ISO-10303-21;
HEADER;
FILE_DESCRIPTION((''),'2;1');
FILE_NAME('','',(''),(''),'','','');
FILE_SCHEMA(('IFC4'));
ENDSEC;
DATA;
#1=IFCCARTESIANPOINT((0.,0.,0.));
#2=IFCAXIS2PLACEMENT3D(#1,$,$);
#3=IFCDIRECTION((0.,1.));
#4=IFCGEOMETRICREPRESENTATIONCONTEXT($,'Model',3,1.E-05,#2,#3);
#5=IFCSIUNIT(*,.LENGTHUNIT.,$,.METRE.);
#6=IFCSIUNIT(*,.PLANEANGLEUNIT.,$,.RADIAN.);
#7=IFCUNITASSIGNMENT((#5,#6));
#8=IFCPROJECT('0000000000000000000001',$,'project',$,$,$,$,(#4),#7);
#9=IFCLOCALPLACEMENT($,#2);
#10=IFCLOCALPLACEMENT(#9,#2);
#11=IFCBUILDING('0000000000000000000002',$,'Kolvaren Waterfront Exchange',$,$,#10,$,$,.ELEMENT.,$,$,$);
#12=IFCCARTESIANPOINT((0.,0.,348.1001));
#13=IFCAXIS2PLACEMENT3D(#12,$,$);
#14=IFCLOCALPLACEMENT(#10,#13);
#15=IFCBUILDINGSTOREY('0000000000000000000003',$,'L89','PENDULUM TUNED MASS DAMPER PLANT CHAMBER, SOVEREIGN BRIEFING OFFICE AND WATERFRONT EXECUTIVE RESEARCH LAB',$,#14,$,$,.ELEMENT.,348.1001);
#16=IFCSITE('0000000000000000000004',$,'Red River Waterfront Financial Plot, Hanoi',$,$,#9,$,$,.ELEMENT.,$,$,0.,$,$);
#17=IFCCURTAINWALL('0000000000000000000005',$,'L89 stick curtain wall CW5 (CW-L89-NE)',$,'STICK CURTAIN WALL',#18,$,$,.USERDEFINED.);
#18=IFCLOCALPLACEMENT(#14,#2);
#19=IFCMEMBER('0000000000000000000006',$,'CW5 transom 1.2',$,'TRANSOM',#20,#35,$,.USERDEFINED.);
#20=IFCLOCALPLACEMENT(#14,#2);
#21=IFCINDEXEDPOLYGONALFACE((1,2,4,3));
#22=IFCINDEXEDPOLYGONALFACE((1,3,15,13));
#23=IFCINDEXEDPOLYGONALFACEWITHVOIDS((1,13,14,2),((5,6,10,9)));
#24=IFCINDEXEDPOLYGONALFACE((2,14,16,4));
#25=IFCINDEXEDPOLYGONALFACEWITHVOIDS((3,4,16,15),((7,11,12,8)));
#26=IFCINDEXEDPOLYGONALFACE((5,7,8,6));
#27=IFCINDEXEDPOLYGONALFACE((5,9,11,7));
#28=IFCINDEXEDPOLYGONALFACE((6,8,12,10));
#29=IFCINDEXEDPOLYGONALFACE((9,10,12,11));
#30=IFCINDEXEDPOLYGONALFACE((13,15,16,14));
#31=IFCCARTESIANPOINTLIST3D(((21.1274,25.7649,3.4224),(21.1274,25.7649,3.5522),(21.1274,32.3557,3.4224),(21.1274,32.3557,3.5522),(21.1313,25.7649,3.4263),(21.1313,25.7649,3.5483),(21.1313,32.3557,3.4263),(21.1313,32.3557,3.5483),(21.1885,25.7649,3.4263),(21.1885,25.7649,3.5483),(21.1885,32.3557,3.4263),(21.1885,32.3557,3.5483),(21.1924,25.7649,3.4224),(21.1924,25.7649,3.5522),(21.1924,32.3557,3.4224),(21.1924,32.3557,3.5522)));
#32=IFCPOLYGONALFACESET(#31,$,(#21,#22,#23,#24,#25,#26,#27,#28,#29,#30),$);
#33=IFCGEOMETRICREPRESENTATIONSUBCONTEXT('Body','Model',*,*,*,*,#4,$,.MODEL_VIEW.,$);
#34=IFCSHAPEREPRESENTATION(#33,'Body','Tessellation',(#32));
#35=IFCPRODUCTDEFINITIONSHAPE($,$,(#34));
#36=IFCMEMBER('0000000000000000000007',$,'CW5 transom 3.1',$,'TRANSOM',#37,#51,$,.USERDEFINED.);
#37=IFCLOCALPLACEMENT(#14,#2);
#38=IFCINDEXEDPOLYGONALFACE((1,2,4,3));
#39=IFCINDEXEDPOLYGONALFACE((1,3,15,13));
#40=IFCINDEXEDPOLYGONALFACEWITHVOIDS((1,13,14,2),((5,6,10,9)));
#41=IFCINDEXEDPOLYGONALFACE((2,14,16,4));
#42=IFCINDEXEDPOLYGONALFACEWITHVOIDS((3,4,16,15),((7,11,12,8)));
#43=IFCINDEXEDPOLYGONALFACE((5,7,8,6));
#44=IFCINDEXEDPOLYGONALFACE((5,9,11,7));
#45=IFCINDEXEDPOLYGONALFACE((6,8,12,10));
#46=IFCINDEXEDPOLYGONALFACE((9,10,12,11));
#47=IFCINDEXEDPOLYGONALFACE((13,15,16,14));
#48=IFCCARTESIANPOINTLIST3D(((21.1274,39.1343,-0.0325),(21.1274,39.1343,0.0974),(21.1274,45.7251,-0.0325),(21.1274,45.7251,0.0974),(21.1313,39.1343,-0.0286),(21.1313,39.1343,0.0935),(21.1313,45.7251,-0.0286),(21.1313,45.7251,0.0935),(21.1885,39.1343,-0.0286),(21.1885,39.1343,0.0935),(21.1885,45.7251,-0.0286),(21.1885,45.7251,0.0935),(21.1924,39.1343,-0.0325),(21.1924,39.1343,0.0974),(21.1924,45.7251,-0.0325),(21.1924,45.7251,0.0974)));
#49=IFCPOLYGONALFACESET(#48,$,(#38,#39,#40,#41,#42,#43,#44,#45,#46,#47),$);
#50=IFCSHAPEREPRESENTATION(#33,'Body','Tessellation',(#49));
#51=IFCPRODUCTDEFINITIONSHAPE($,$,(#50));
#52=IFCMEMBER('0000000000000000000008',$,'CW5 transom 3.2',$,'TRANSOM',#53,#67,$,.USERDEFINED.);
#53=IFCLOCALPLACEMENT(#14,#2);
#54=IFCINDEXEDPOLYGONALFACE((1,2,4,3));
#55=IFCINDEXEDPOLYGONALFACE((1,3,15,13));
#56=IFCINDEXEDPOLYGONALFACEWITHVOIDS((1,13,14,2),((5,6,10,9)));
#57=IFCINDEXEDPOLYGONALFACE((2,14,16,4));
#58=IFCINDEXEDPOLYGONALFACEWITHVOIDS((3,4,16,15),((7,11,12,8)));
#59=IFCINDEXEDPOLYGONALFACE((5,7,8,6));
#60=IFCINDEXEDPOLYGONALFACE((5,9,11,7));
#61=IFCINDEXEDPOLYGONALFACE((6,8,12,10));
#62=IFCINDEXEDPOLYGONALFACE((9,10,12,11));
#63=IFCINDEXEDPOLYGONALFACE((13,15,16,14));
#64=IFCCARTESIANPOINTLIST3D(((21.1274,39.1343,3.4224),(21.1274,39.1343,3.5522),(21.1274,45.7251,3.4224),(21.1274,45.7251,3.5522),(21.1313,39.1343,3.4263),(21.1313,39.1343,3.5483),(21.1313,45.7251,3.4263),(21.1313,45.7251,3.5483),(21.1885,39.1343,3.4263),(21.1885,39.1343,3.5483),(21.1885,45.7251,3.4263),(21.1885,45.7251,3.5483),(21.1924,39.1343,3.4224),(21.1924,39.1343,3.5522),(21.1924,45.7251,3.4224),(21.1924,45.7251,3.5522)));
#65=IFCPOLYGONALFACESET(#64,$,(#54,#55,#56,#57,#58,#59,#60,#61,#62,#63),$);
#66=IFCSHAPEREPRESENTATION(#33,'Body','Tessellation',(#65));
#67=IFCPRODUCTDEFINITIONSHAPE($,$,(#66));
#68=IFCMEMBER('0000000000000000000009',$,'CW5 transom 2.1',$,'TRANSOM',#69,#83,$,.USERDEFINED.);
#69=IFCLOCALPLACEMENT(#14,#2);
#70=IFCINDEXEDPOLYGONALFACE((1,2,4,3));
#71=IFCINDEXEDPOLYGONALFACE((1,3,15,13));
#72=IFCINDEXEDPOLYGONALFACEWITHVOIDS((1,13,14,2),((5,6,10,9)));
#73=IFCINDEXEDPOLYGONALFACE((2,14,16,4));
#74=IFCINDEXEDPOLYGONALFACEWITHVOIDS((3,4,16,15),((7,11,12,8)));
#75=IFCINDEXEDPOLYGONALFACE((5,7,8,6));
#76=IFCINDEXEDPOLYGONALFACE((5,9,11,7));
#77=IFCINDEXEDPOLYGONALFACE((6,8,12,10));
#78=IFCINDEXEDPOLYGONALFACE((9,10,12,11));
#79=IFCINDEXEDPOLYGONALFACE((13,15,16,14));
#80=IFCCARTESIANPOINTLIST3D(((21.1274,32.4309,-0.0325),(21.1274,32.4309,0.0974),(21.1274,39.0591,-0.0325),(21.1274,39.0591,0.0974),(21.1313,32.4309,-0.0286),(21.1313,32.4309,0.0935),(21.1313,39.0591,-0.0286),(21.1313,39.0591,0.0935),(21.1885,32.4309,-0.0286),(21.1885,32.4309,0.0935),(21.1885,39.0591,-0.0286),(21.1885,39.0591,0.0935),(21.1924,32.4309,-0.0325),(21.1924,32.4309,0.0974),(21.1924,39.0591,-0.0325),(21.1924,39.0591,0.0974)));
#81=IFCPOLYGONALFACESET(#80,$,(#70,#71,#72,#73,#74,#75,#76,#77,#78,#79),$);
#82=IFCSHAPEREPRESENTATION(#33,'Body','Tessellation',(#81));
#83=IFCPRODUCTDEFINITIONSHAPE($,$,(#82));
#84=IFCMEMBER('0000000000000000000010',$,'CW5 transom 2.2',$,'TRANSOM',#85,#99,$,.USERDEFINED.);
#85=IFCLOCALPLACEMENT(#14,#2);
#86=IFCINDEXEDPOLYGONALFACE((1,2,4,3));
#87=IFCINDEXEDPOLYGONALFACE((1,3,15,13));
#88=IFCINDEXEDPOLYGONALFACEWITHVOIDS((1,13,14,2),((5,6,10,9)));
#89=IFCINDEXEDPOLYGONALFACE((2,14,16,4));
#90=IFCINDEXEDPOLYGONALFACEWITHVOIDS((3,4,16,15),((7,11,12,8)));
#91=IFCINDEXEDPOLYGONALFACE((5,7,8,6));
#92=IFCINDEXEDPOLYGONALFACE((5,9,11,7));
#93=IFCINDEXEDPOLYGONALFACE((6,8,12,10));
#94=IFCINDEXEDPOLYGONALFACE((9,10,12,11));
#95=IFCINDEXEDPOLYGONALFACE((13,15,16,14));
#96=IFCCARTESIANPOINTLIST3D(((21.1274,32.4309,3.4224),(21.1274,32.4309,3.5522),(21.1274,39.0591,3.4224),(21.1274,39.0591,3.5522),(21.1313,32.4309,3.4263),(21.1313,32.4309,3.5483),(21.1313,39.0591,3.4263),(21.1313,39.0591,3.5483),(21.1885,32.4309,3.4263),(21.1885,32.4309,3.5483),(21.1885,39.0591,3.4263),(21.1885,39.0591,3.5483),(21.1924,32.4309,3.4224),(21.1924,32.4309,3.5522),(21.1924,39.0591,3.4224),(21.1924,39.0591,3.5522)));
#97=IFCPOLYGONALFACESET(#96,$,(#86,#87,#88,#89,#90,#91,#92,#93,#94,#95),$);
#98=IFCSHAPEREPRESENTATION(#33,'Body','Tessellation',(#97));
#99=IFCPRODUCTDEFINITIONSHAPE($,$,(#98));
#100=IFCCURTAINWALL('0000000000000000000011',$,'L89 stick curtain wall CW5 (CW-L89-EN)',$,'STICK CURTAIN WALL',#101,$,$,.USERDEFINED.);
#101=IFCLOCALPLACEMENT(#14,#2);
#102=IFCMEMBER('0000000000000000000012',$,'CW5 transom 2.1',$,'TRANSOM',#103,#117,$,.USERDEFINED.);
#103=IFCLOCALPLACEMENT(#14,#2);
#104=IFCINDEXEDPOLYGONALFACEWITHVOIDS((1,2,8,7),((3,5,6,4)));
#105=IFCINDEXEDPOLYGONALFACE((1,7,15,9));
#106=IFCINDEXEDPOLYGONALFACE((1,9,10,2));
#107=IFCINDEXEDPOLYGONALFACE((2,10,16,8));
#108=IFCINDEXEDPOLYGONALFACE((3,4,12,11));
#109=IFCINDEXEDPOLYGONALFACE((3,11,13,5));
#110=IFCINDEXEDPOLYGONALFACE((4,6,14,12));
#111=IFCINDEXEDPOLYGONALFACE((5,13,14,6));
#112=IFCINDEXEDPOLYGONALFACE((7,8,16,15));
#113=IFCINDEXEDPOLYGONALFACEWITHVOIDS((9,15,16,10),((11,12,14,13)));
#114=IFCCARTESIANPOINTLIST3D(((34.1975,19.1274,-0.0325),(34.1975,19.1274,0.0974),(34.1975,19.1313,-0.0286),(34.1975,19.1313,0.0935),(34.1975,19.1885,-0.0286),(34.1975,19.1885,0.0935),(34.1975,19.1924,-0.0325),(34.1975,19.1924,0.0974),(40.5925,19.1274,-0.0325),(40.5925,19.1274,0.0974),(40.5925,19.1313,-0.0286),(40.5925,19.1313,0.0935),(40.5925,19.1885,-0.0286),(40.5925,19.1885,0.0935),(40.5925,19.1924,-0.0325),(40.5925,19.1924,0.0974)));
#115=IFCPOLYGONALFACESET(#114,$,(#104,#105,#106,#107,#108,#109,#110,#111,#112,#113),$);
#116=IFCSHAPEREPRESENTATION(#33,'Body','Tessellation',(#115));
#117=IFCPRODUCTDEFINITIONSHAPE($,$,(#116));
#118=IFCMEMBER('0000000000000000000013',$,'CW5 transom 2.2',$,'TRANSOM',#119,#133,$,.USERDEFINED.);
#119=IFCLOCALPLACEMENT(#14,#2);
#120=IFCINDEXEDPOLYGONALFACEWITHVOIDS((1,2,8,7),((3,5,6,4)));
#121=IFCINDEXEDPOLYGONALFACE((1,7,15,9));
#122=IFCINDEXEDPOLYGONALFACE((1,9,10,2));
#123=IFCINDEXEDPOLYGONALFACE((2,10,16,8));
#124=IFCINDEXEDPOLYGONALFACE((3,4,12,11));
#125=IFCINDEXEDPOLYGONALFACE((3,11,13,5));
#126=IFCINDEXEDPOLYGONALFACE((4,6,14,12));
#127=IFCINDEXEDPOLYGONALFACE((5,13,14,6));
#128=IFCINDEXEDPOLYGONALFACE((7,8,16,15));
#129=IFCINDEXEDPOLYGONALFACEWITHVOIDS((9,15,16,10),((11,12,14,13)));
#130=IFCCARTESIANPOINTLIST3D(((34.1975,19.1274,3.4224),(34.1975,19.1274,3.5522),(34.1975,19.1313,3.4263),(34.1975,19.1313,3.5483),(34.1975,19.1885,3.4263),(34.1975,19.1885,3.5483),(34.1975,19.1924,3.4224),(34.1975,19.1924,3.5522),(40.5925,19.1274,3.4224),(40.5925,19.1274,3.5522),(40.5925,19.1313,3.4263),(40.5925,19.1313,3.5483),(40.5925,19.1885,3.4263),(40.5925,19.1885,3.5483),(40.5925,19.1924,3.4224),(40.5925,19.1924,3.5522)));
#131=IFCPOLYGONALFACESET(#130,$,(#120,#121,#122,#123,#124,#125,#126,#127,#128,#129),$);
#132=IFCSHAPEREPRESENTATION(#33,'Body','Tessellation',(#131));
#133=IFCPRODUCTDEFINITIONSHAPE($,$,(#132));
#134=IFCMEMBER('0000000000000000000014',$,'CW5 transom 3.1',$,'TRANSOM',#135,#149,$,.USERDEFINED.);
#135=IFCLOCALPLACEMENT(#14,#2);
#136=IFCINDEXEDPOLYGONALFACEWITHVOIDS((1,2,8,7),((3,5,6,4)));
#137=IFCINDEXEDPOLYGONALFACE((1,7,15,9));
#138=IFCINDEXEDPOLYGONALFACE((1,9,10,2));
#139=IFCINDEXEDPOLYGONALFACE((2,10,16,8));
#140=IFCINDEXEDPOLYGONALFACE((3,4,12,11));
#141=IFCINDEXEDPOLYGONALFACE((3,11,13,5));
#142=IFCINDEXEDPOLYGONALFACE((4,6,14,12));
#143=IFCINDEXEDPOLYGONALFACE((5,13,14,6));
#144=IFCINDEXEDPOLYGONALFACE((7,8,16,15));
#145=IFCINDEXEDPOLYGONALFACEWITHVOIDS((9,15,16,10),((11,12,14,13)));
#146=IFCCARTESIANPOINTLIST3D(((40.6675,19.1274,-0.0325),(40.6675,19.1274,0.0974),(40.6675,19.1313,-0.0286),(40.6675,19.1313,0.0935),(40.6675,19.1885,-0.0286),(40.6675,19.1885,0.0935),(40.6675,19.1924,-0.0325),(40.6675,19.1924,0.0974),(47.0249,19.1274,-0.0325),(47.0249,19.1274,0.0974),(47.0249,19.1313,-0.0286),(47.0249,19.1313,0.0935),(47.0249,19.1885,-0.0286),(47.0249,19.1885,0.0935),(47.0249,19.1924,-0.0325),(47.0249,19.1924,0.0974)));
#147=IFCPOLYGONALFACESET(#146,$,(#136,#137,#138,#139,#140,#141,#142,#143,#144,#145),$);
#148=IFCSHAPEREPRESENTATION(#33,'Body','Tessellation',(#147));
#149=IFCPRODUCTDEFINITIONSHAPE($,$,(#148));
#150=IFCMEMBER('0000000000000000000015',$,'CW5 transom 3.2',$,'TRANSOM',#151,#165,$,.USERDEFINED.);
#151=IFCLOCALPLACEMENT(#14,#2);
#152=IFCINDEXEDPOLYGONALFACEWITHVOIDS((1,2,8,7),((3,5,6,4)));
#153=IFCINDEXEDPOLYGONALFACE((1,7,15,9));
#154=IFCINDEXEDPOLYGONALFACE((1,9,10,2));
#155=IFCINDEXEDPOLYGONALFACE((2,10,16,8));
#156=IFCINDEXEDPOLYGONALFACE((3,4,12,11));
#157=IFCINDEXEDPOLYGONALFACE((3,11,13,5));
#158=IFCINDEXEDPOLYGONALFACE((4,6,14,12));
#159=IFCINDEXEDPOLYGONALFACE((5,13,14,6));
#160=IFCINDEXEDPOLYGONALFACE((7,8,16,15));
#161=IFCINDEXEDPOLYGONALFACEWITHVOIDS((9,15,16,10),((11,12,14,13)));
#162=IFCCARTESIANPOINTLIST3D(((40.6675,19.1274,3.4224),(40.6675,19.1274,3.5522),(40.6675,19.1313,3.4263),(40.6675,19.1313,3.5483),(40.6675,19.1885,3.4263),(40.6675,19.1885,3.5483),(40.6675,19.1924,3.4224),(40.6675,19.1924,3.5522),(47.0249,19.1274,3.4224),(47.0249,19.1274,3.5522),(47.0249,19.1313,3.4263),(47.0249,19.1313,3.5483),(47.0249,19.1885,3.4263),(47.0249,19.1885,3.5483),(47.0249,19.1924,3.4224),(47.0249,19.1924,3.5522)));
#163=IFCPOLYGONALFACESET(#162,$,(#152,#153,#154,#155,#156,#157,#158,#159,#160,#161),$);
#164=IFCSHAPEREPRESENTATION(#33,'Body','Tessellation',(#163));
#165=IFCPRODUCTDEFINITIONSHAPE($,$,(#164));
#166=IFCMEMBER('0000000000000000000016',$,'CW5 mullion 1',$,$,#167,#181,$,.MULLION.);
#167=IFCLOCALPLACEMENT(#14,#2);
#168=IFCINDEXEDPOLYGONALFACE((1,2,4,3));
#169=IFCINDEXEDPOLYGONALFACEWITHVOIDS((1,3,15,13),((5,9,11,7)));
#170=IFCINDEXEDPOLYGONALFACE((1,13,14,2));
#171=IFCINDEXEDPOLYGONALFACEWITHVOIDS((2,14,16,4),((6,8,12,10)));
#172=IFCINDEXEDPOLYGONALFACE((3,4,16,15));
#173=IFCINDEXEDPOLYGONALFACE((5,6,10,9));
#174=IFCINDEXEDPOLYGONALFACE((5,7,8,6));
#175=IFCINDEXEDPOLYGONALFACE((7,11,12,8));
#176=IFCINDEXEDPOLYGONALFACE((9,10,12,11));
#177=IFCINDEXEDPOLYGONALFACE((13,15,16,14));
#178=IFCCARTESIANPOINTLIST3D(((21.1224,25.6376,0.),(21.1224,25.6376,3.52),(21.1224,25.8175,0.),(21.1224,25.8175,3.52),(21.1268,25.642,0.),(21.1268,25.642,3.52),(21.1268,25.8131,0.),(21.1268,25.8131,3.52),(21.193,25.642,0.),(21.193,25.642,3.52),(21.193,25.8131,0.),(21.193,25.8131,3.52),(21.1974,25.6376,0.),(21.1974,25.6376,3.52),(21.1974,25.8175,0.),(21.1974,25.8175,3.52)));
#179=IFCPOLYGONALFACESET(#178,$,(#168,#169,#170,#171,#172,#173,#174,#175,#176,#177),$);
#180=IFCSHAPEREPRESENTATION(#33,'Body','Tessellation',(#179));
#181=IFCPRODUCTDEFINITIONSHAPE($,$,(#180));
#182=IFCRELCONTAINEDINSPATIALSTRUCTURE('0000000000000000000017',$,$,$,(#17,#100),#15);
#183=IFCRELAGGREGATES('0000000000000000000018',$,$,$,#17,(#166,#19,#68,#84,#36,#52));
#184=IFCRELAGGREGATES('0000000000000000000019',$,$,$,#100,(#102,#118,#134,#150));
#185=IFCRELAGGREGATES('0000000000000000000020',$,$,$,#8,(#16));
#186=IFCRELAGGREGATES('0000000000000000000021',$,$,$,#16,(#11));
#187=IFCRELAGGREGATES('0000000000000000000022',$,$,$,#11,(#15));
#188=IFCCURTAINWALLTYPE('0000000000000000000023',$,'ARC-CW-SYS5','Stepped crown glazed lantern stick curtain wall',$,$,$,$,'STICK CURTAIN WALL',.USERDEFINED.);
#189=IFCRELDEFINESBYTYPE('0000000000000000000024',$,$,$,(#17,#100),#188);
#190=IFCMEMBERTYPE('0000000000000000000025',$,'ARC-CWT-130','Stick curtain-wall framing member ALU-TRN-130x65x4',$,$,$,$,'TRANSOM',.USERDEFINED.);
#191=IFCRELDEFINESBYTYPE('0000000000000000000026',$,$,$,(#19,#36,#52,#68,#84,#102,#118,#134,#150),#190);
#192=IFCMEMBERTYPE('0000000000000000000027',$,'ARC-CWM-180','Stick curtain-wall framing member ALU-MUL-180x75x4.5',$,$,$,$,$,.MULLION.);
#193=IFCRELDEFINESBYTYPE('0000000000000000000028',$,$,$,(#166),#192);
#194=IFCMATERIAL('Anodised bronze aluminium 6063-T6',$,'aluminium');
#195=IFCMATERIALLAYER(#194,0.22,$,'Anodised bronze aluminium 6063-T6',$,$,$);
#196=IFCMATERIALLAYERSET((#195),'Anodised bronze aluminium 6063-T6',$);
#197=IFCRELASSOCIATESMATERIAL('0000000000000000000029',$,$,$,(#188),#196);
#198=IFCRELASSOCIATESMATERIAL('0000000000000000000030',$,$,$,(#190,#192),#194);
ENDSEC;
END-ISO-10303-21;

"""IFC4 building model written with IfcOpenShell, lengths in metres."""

from ifc_helpers import new_model, si_unit, direction, frame, origin, origin_with_axes, origin_2d, place, context, subcontext, project, spatial, hollow_rectangle, extrude, source, transform, mapped, material, layer, layer_set, material_profile, profile_set, type_object, element, aggregate, save


model = new_model("IFC4")

# Units and contexts
model_context = context("Model", 3, precision=1e-05, world=origin(), true_north=direction((0.0, 1.0)))
body_context = subcontext(model_context, "Body", "Model", "MODEL_VIEW")
ifc_project = project(units=[si_unit("LENGTHUNIT", "METRE"), si_unit("PLANEANGLEUNIT", "RADIAN")], contexts=[model_context])

# Site, building, storey
site_placement = place(None, origin())
site = spatial("IfcSite", under=ifc_project, at=site_placement, Name="Red River Waterfront Financial Plot, Hanoi", CompositionType="ELEMENT", RefElevation=0.0)
building_placement = place(site_placement, origin())
building = spatial("IfcBuilding", under=site, at=building_placement, Name="Kolvaren Waterfront Exchange", CompositionType="ELEMENT")
storey_placement = place(building_placement, frame((0.0, 0.0, 348.1001)))
storey = spatial("IfcBuildingStorey", under=building, at=storey_placement, Name="L89", Description="PENDULUM TUNED MASS DAMPER PLANT CHAMBER, SOVEREIGN BRIEFING OFFICE AND WATERFRONT EXECUTIVE RESEARCH LAB", CompositionType="ELEMENT", Elevation=348.1001)

# Curtain walls, members
ifc_material_1 = material(Name="Anodised bronze aluminium 6063-T6", Category="aluminium")
ifc_layer_1 = layer(ifc_material_1, 0.22, Name="Anodised bronze aluminium 6063-T6")
ifc_layer_set_1 = layer_set([ifc_layer_1], Name="Anodised bronze aluminium 6063-T6")
curtain_wall_type = type_object("IfcCurtainWallType", Name="ARC-CW-SYS5", Description="Stepped crown glazed lantern stick curtain wall", ElementType="STICK CURTAIN WALL", PredefinedType="USERDEFINED", material=ifc_layer_set_1)
curtain_wall_1_placement = place(storey_placement, origin())
curtain_wall_1 = element("IfcCurtainWall", 1, at=curtain_wall_1_placement, inside=storey, type_object=curtain_wall_type, Name="L89 stick curtain wall CW5 (CW-L89-NE)", ObjectType="STICK CURTAIN WALL", PredefinedType="USERDEFINED")
ifc_material_profile_1 = material_profile(ifc_material_1, hollow_rectangle(XDim=0.0649, YDim=0.1299, WallThickness=0.0039, at=origin_2d()), Name="ALU-TRN-130x65x4")
ifc_profile_set_1 = profile_set([ifc_material_profile_1], Name="Anodised bronze aluminium 6063-T6")
member_type_1 = type_object("IfcMemberType", Name="ARC-CWT-130", Description="Stick curtain-wall framing member ALU-TRN-130x65x4", ElementType="TRANSOM", PredefinedType="USERDEFINED", material=ifc_profile_set_1)
shared_shape_1 = source(origin_with_axes(), body_context, "Body", "SweptSolid", [
    extrude(hollow_rectangle(XDim=0.0649, YDim=0.1299, WallThickness=0.0039, at=origin_2d()), origin(), (0.0, 0.0, 1.0), 6.5908),
])
member_1_placement = place(storey_placement, frame((21.1599, 25.7649, 3.4873), z_axis=(0.0, 1.0, 0.0), x_axis=(-1.0, 0.0, 0.0)))
member_1 = element("IfcMember", 2, at=member_1_placement, type_object=member_type_1, Name="CW5 transom 1.2", ObjectType="TRANSOM", PredefinedType="USERDEFINED", context=body_context, shape_type="MappedRepresentation", body=[
    mapped(shared_shape_1, transform((0.0, 0.0, 0.0), x_axis=(1.0, 0.0, 0.0), y_axis=(0.0, 1.0, 0.0), z_axis=(0.0, 0.0, 1.0), scale=1.0)),
])
member_2_placement = place(storey_placement, frame((21.1599, 39.1343, 0.0325), z_axis=(0.0, 1.0, 0.0), x_axis=(-1.0, 0.0, 0.0)))
member_2 = element("IfcMember", 3, at=member_2_placement, type_object=member_type_1, Name="CW5 transom 3.1", ObjectType="TRANSOM", PredefinedType="USERDEFINED", context=body_context, shape_type="MappedRepresentation", body=[
    mapped(shared_shape_1, transform((0.0, 0.0, 0.0), x_axis=(1.0, 0.0, 0.0), y_axis=(0.0, 1.0, 0.0), z_axis=(0.0, 0.0, 1.0), scale=1.0)),
])
member_3_placement = place(storey_placement, frame((21.1599, 39.1343, 3.4873), z_axis=(0.0, 1.0, 0.0), x_axis=(-1.0, 0.0, 0.0)))
member_3 = element("IfcMember", 4, at=member_3_placement, type_object=member_type_1, Name="CW5 transom 3.2", ObjectType="TRANSOM", PredefinedType="USERDEFINED", context=body_context, shape_type="MappedRepresentation", body=[
    mapped(shared_shape_1, transform((0.0, 0.0, 0.0), x_axis=(1.0, 0.0, 0.0), y_axis=(0.0, 1.0, 0.0), z_axis=(0.0, 0.0, 1.0), scale=1.0)),
])
shared_shape_2 = source(origin_with_axes(), body_context, "Body", "SweptSolid", [
    extrude(hollow_rectangle(XDim=0.0649, YDim=0.1299, WallThickness=0.0039, at=origin_2d()), origin(), (0.0, 0.0, 1.0), 6.6282),
])
member_4_placement = place(storey_placement, frame((21.1599, 32.4309, 0.0325), z_axis=(0.0, 1.0, 0.0), x_axis=(-1.0, 0.0, 0.0)))
member_4 = element("IfcMember", 5, at=member_4_placement, type_object=member_type_1, Name="CW5 transom 2.1", ObjectType="TRANSOM", PredefinedType="USERDEFINED", context=body_context, shape_type="MappedRepresentation", body=[
    mapped(shared_shape_2, transform((0.0, 0.0, 0.0), x_axis=(1.0, 0.0, 0.0), y_axis=(0.0, 1.0, 0.0), z_axis=(0.0, 0.0, 1.0), scale=1.0)),
])
member_5_placement = place(storey_placement, frame((21.1599, 32.4309, 3.4873), z_axis=(0.0, 1.0, 0.0), x_axis=(-1.0, 0.0, 0.0)))
member_5 = element("IfcMember", 6, at=member_5_placement, type_object=member_type_1, Name="CW5 transom 2.2", ObjectType="TRANSOM", PredefinedType="USERDEFINED", context=body_context, shape_type="MappedRepresentation", body=[
    mapped(shared_shape_2, transform((0.0, 0.0, 0.0), x_axis=(1.0, 0.0, 0.0), y_axis=(0.0, 1.0, 0.0), z_axis=(0.0, 0.0, 1.0), scale=1.0)),
])
curtain_wall_2_placement = place(storey_placement, origin())
curtain_wall_2 = element("IfcCurtainWall", 7, at=curtain_wall_2_placement, inside=storey, type_object=curtain_wall_type, Name="L89 stick curtain wall CW5 (CW-L89-EN)", ObjectType="STICK CURTAIN WALL", PredefinedType="USERDEFINED")
shared_shape_3 = source(origin_with_axes(), body_context, "Body", "SweptSolid", [
    extrude(hollow_rectangle(XDim=0.0649, YDim=0.1299, WallThickness=0.0039, at=origin_2d()), origin(), (0.0, 0.0, 1.0), 6.395),
])
member_6_placement = place(storey_placement, frame((34.1975, 19.1599, 0.0325), z_axis=(1.0, 0.0, 0.0), x_axis=(0.0, 1.0, 0.0)))
member_6 = element("IfcMember", 8, at=member_6_placement, type_object=member_type_1, Name="CW5 transom 2.1", ObjectType="TRANSOM", PredefinedType="USERDEFINED", context=body_context, shape_type="MappedRepresentation", body=[
    mapped(shared_shape_3, transform((0.0, 0.0, 0.0), x_axis=(1.0, 0.0, 0.0), y_axis=(0.0, 1.0, 0.0), z_axis=(0.0, 0.0, 1.0), scale=1.0)),
])
member_7_placement = place(storey_placement, frame((34.1975, 19.1599, 3.4873), z_axis=(1.0, 0.0, 0.0), x_axis=(0.0, 1.0, 0.0)))
member_7 = element("IfcMember", 9, at=member_7_placement, type_object=member_type_1, Name="CW5 transom 2.2", ObjectType="TRANSOM", PredefinedType="USERDEFINED", context=body_context, shape_type="MappedRepresentation", body=[
    mapped(shared_shape_3, transform((0.0, 0.0, 0.0), x_axis=(1.0, 0.0, 0.0), y_axis=(0.0, 1.0, 0.0), z_axis=(0.0, 0.0, 1.0), scale=1.0)),
])
shared_shape_4 = source(origin_with_axes(), body_context, "Body", "SweptSolid", [
    extrude(hollow_rectangle(XDim=0.0649, YDim=0.1299, WallThickness=0.0039, at=origin_2d()), origin(), (0.0, 0.0, 1.0), 6.3574),
])
member_8_placement = place(storey_placement, frame((40.6675, 19.1599, 0.0325), z_axis=(1.0, 0.0, 0.0), x_axis=(0.0, 1.0, 0.0)))
member_8 = element("IfcMember", 10, at=member_8_placement, type_object=member_type_1, Name="CW5 transom 3.1", ObjectType="TRANSOM", PredefinedType="USERDEFINED", context=body_context, shape_type="MappedRepresentation", body=[
    mapped(shared_shape_4, transform((0.0, 0.0, 0.0), x_axis=(1.0, 0.0, 0.0), y_axis=(0.0, 1.0, 0.0), z_axis=(0.0, 0.0, 1.0), scale=1.0)),
])
member_9_placement = place(storey_placement, frame((40.6675, 19.1599, 3.4873), z_axis=(1.0, 0.0, 0.0), x_axis=(0.0, 1.0, 0.0)))
member_9 = element("IfcMember", 11, at=member_9_placement, type_object=member_type_1, Name="CW5 transom 3.2", ObjectType="TRANSOM", PredefinedType="USERDEFINED", context=body_context, shape_type="MappedRepresentation", body=[
    mapped(shared_shape_4, transform((0.0, 0.0, 0.0), x_axis=(1.0, 0.0, 0.0), y_axis=(0.0, 1.0, 0.0), z_axis=(0.0, 0.0, 1.0), scale=1.0)),
])

# Member
ifc_material_profile_2 = material_profile(ifc_material_1, hollow_rectangle(XDim=0.075, YDim=0.1799, WallThickness=0.0044, at=origin_2d()), Name="ALU-MUL-180x75x4.5")
ifc_profile_set_2 = profile_set([ifc_material_profile_2], Name="Anodised bronze aluminium 6063-T6")
member_type_2 = type_object("IfcMemberType", Name="ARC-CWM-180", Description="Stick curtain-wall framing member ALU-MUL-180x75x4.5", PredefinedType="MULLION", material=ifc_profile_set_2)
shared_shape_5 = source(origin_with_axes(), body_context, "Body", "SweptSolid", [
    extrude(hollow_rectangle(XDim=0.075, YDim=0.1799, WallThickness=0.0044, at=origin_2d()), origin(), (0.0, 0.0, 1.0), 3.52),
])
member_10_placement = place(storey_placement, frame((21.1599, 25.7275, 0.0), z_axis=(0.0, 0.0, 1.0), x_axis=(-1.0, 0.0, 0.0)))
member_10 = element("IfcMember", 12, at=member_10_placement, type_object=member_type_2, Name="CW5 mullion 1", PredefinedType="MULLION", context=body_context, shape_type="MappedRepresentation", body=[
    mapped(shared_shape_5, transform((0.0, 0.0, 0.0), x_axis=(1.0, 0.0, 0.0), y_axis=(0.0, 1.0, 0.0), z_axis=(0.0, 0.0, 1.0), scale=1.0)),
])

aggregate(curtain_wall_1, [member_10, member_1, member_4, member_5, member_2, member_3])
aggregate(curtain_wall_2, [member_6, member_7, member_8, member_9])

save(model, "model.ifc")
